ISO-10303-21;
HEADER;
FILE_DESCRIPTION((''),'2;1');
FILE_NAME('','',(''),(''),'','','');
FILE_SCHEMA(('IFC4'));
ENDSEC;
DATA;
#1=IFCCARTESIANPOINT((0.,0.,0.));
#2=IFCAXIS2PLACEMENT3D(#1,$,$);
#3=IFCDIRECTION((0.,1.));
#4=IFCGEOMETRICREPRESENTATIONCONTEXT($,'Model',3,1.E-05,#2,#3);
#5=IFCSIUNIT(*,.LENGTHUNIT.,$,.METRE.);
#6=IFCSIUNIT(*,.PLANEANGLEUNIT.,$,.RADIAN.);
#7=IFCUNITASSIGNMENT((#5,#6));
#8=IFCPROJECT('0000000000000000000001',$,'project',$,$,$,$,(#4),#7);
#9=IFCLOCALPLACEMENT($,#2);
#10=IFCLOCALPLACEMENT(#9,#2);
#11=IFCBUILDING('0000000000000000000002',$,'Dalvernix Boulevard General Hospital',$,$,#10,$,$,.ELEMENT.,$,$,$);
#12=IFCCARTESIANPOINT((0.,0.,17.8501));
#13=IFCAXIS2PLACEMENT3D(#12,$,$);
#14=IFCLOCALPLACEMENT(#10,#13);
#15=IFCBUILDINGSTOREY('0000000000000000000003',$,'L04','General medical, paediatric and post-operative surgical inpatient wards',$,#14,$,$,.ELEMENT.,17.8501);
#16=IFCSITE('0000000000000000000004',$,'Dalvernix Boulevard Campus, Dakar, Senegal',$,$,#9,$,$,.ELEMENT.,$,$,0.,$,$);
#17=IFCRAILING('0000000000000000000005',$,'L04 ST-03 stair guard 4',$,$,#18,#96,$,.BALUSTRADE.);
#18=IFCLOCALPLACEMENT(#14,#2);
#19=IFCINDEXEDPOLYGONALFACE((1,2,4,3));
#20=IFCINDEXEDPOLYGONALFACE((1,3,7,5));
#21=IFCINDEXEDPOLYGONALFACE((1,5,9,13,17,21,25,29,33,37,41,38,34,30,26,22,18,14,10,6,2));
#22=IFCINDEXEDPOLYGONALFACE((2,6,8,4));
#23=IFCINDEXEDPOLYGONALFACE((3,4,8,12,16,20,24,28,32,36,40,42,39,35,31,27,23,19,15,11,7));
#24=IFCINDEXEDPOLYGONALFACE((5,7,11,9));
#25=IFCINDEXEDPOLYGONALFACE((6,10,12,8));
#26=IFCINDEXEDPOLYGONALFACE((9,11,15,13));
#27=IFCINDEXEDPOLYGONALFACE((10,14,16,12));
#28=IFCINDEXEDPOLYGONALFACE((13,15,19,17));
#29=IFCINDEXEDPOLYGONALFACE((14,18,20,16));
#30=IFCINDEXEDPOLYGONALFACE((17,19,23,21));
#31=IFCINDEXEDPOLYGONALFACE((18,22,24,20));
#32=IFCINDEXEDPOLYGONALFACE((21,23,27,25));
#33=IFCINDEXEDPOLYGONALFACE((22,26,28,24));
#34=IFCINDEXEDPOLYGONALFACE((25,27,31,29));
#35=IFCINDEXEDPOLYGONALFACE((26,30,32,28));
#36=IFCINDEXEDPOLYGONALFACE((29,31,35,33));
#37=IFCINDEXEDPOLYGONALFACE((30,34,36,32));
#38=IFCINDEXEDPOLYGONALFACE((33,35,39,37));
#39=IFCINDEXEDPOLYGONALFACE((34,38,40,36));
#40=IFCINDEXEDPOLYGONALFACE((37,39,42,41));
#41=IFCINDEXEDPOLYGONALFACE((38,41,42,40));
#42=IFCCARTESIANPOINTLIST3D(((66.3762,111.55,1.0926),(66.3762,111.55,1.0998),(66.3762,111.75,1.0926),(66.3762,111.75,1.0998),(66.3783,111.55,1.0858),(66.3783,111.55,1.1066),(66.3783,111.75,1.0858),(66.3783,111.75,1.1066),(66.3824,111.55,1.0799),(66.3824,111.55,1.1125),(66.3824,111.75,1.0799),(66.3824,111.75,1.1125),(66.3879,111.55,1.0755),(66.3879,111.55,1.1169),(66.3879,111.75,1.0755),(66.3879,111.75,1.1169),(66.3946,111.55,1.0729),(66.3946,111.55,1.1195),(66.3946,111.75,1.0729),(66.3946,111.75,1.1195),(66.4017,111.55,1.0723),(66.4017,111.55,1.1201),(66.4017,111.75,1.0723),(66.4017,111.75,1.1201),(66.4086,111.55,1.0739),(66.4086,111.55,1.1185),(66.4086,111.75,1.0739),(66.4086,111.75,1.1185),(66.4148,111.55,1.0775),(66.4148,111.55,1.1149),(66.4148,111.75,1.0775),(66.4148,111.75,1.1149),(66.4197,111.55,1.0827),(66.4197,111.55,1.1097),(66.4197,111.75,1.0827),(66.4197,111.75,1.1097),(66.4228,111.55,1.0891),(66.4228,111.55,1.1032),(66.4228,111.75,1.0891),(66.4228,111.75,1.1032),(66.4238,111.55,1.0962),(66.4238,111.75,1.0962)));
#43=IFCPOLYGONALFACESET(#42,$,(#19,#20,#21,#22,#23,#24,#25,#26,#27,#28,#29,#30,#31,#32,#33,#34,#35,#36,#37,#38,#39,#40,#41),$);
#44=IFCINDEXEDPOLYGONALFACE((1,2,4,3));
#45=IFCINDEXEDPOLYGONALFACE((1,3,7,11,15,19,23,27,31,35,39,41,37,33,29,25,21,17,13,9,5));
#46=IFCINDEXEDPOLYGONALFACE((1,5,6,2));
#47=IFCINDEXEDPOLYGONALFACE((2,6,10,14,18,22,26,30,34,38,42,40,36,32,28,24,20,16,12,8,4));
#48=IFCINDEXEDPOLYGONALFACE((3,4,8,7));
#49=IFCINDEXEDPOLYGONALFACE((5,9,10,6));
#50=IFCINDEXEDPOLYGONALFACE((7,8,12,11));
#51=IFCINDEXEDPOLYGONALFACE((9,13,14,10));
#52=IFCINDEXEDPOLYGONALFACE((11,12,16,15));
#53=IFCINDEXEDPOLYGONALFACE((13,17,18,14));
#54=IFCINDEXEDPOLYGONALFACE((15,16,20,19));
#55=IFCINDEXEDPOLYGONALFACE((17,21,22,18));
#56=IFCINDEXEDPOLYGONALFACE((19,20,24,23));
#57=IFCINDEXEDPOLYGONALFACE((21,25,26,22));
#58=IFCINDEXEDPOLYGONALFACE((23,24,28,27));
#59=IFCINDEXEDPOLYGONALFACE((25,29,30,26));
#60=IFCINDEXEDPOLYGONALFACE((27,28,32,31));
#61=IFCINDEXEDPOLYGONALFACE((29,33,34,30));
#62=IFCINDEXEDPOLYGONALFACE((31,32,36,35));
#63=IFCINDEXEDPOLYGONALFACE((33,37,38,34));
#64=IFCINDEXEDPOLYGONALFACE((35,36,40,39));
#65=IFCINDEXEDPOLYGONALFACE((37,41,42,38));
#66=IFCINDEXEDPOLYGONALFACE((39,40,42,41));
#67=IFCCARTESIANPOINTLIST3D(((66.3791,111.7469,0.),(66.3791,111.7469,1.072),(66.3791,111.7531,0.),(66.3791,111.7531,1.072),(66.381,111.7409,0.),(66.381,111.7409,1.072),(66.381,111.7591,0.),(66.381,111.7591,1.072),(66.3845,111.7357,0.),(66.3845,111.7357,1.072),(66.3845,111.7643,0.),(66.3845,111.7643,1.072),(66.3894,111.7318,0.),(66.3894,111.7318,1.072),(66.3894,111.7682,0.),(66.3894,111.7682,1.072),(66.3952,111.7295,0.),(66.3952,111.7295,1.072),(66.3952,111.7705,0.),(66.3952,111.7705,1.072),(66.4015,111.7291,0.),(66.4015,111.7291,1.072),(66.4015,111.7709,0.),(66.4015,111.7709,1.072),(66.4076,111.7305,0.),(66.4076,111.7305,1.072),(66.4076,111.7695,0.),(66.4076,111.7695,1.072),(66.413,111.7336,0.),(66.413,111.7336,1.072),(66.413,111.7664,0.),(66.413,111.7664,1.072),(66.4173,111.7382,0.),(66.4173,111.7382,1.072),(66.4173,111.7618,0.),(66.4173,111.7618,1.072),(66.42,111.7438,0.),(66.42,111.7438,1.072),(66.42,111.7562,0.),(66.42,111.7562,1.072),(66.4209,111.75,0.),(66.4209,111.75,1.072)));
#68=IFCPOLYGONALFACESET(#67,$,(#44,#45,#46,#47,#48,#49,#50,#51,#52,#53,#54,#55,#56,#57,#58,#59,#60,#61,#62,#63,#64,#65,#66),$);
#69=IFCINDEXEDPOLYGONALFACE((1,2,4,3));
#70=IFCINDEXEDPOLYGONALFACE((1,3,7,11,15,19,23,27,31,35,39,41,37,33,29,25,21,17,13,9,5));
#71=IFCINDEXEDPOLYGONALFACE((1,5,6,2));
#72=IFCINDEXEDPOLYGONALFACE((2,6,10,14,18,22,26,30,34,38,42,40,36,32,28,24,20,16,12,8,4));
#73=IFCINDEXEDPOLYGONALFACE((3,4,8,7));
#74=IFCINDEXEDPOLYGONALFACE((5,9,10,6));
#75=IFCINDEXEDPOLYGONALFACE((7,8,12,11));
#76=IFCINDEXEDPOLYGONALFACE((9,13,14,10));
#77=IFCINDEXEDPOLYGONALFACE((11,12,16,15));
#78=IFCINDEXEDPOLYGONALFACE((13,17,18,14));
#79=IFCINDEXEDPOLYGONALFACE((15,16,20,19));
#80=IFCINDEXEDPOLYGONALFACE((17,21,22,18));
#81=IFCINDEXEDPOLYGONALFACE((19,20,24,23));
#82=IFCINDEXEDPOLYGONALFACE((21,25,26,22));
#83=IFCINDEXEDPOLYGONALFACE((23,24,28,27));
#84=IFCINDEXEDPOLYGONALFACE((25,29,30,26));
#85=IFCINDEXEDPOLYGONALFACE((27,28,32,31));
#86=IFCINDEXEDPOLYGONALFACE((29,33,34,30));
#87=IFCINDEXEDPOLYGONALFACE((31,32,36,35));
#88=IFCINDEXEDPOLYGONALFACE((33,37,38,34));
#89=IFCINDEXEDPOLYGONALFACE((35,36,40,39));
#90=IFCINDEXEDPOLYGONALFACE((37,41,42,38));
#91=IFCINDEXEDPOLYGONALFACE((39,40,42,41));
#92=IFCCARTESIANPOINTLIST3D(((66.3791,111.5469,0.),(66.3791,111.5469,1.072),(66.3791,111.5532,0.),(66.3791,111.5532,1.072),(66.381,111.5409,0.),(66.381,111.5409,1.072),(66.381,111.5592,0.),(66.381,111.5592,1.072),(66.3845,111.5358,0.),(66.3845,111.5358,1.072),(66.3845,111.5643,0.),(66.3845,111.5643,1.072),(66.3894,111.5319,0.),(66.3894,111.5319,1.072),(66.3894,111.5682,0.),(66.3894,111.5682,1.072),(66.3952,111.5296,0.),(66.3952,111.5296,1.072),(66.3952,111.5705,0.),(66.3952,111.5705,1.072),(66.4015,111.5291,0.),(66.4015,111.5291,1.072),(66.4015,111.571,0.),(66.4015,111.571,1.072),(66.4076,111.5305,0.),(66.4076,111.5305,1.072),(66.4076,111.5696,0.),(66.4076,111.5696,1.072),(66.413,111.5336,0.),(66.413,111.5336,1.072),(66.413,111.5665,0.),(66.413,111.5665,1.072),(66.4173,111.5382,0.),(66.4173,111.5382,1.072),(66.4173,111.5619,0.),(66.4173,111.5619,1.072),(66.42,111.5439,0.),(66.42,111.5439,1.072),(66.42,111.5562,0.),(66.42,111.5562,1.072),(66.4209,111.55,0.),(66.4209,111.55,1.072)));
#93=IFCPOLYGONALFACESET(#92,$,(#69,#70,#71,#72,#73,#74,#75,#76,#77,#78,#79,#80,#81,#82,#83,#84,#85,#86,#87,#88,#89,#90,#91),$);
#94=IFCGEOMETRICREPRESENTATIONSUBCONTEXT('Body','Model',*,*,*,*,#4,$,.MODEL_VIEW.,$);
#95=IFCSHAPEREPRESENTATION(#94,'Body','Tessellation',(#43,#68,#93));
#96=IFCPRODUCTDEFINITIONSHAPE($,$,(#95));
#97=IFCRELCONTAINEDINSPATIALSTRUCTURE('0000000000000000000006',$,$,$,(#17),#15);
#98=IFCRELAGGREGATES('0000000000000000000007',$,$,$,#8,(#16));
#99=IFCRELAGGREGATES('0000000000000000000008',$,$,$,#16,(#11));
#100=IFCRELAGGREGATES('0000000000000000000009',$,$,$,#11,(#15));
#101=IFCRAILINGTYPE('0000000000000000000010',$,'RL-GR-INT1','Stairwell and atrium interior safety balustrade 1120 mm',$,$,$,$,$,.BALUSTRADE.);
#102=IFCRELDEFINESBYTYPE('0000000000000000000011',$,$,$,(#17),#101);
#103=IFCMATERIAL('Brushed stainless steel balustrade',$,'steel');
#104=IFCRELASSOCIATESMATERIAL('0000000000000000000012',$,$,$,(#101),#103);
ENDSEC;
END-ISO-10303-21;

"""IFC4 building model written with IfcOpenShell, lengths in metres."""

from ifc_helpers import new_model, si_unit, direction, frame, origin, origin_2d, place, context, subcontext, project, spatial, circle, extrude, material, type_object, element, save


model = new_model("IFC4")

# Units and contexts
model_context = context("Model", 3, precision=1e-05, world=origin(), true_north=direction((0.0, 1.0)))
body_context = subcontext(model_context, "Body", "Model", "MODEL_VIEW")
ifc_project = project(units=[si_unit("LENGTHUNIT", "METRE"), si_unit("PLANEANGLEUNIT", "RADIAN")], contexts=[model_context])

# Site, building, storey
site_placement = place(None, origin())
site = spatial("IfcSite", under=ifc_project, at=site_placement, Name="Dalvernix Boulevard Campus, Dakar, Senegal", CompositionType="ELEMENT", RefElevation=0.0)
building_placement = place(site_placement, origin())
building = spatial("IfcBuilding", under=site, at=building_placement, Name="Dalvernix Boulevard General Hospital", CompositionType="ELEMENT")
storey_placement = place(building_placement, frame((0.0, 0.0, 17.8501)))
storey = spatial("IfcBuildingStorey", under=building, at=storey_placement, Name="L04", Description="General medical, paediatric and post-operative surgical inpatient wards", CompositionType="ELEMENT", Elevation=17.8501)

# Railing
ifc_material_1 = material(Name="Brushed stainless steel balustrade", Category="steel")
railing_type_1 = type_object("IfcRailingType", Name="RL-GR-INT1", Description="Stairwell and atrium interior safety balustrade 1120 mm", PredefinedType="BALUSTRADE", material=ifc_material_1)
railing_1_placement = place(storey_placement, frame((66.3999, 111.75, 0.0)))
element("IfcRailing", 1, at=railing_1_placement, inside=storey, type_object=railing_type_1, Name="L04 ST-03 stair guard 4", PredefinedType="BALUSTRADE", context=body_context, shape_type="SweptSolid", body=[
    extrude(circle(Radius=0.0239, at=origin_2d()), frame((0.0, 0.0, 1.0962), z_axis=(0.0, -1.0, 0.0), x_axis=(1.0, 0.0, 0.0)), (0.0, 0.0, 1.0), 0.2),
    extrude(circle(Radius=0.021, at=origin_2d()), origin(), (0.0, 0.0, 1.0), 1.072),
    extrude(circle(Radius=0.021, at=origin_2d()), frame((0.0, -0.2, 0.0)), (0.0, 0.0, 1.0), 1.072),
])

save(model, "model.ifc")
